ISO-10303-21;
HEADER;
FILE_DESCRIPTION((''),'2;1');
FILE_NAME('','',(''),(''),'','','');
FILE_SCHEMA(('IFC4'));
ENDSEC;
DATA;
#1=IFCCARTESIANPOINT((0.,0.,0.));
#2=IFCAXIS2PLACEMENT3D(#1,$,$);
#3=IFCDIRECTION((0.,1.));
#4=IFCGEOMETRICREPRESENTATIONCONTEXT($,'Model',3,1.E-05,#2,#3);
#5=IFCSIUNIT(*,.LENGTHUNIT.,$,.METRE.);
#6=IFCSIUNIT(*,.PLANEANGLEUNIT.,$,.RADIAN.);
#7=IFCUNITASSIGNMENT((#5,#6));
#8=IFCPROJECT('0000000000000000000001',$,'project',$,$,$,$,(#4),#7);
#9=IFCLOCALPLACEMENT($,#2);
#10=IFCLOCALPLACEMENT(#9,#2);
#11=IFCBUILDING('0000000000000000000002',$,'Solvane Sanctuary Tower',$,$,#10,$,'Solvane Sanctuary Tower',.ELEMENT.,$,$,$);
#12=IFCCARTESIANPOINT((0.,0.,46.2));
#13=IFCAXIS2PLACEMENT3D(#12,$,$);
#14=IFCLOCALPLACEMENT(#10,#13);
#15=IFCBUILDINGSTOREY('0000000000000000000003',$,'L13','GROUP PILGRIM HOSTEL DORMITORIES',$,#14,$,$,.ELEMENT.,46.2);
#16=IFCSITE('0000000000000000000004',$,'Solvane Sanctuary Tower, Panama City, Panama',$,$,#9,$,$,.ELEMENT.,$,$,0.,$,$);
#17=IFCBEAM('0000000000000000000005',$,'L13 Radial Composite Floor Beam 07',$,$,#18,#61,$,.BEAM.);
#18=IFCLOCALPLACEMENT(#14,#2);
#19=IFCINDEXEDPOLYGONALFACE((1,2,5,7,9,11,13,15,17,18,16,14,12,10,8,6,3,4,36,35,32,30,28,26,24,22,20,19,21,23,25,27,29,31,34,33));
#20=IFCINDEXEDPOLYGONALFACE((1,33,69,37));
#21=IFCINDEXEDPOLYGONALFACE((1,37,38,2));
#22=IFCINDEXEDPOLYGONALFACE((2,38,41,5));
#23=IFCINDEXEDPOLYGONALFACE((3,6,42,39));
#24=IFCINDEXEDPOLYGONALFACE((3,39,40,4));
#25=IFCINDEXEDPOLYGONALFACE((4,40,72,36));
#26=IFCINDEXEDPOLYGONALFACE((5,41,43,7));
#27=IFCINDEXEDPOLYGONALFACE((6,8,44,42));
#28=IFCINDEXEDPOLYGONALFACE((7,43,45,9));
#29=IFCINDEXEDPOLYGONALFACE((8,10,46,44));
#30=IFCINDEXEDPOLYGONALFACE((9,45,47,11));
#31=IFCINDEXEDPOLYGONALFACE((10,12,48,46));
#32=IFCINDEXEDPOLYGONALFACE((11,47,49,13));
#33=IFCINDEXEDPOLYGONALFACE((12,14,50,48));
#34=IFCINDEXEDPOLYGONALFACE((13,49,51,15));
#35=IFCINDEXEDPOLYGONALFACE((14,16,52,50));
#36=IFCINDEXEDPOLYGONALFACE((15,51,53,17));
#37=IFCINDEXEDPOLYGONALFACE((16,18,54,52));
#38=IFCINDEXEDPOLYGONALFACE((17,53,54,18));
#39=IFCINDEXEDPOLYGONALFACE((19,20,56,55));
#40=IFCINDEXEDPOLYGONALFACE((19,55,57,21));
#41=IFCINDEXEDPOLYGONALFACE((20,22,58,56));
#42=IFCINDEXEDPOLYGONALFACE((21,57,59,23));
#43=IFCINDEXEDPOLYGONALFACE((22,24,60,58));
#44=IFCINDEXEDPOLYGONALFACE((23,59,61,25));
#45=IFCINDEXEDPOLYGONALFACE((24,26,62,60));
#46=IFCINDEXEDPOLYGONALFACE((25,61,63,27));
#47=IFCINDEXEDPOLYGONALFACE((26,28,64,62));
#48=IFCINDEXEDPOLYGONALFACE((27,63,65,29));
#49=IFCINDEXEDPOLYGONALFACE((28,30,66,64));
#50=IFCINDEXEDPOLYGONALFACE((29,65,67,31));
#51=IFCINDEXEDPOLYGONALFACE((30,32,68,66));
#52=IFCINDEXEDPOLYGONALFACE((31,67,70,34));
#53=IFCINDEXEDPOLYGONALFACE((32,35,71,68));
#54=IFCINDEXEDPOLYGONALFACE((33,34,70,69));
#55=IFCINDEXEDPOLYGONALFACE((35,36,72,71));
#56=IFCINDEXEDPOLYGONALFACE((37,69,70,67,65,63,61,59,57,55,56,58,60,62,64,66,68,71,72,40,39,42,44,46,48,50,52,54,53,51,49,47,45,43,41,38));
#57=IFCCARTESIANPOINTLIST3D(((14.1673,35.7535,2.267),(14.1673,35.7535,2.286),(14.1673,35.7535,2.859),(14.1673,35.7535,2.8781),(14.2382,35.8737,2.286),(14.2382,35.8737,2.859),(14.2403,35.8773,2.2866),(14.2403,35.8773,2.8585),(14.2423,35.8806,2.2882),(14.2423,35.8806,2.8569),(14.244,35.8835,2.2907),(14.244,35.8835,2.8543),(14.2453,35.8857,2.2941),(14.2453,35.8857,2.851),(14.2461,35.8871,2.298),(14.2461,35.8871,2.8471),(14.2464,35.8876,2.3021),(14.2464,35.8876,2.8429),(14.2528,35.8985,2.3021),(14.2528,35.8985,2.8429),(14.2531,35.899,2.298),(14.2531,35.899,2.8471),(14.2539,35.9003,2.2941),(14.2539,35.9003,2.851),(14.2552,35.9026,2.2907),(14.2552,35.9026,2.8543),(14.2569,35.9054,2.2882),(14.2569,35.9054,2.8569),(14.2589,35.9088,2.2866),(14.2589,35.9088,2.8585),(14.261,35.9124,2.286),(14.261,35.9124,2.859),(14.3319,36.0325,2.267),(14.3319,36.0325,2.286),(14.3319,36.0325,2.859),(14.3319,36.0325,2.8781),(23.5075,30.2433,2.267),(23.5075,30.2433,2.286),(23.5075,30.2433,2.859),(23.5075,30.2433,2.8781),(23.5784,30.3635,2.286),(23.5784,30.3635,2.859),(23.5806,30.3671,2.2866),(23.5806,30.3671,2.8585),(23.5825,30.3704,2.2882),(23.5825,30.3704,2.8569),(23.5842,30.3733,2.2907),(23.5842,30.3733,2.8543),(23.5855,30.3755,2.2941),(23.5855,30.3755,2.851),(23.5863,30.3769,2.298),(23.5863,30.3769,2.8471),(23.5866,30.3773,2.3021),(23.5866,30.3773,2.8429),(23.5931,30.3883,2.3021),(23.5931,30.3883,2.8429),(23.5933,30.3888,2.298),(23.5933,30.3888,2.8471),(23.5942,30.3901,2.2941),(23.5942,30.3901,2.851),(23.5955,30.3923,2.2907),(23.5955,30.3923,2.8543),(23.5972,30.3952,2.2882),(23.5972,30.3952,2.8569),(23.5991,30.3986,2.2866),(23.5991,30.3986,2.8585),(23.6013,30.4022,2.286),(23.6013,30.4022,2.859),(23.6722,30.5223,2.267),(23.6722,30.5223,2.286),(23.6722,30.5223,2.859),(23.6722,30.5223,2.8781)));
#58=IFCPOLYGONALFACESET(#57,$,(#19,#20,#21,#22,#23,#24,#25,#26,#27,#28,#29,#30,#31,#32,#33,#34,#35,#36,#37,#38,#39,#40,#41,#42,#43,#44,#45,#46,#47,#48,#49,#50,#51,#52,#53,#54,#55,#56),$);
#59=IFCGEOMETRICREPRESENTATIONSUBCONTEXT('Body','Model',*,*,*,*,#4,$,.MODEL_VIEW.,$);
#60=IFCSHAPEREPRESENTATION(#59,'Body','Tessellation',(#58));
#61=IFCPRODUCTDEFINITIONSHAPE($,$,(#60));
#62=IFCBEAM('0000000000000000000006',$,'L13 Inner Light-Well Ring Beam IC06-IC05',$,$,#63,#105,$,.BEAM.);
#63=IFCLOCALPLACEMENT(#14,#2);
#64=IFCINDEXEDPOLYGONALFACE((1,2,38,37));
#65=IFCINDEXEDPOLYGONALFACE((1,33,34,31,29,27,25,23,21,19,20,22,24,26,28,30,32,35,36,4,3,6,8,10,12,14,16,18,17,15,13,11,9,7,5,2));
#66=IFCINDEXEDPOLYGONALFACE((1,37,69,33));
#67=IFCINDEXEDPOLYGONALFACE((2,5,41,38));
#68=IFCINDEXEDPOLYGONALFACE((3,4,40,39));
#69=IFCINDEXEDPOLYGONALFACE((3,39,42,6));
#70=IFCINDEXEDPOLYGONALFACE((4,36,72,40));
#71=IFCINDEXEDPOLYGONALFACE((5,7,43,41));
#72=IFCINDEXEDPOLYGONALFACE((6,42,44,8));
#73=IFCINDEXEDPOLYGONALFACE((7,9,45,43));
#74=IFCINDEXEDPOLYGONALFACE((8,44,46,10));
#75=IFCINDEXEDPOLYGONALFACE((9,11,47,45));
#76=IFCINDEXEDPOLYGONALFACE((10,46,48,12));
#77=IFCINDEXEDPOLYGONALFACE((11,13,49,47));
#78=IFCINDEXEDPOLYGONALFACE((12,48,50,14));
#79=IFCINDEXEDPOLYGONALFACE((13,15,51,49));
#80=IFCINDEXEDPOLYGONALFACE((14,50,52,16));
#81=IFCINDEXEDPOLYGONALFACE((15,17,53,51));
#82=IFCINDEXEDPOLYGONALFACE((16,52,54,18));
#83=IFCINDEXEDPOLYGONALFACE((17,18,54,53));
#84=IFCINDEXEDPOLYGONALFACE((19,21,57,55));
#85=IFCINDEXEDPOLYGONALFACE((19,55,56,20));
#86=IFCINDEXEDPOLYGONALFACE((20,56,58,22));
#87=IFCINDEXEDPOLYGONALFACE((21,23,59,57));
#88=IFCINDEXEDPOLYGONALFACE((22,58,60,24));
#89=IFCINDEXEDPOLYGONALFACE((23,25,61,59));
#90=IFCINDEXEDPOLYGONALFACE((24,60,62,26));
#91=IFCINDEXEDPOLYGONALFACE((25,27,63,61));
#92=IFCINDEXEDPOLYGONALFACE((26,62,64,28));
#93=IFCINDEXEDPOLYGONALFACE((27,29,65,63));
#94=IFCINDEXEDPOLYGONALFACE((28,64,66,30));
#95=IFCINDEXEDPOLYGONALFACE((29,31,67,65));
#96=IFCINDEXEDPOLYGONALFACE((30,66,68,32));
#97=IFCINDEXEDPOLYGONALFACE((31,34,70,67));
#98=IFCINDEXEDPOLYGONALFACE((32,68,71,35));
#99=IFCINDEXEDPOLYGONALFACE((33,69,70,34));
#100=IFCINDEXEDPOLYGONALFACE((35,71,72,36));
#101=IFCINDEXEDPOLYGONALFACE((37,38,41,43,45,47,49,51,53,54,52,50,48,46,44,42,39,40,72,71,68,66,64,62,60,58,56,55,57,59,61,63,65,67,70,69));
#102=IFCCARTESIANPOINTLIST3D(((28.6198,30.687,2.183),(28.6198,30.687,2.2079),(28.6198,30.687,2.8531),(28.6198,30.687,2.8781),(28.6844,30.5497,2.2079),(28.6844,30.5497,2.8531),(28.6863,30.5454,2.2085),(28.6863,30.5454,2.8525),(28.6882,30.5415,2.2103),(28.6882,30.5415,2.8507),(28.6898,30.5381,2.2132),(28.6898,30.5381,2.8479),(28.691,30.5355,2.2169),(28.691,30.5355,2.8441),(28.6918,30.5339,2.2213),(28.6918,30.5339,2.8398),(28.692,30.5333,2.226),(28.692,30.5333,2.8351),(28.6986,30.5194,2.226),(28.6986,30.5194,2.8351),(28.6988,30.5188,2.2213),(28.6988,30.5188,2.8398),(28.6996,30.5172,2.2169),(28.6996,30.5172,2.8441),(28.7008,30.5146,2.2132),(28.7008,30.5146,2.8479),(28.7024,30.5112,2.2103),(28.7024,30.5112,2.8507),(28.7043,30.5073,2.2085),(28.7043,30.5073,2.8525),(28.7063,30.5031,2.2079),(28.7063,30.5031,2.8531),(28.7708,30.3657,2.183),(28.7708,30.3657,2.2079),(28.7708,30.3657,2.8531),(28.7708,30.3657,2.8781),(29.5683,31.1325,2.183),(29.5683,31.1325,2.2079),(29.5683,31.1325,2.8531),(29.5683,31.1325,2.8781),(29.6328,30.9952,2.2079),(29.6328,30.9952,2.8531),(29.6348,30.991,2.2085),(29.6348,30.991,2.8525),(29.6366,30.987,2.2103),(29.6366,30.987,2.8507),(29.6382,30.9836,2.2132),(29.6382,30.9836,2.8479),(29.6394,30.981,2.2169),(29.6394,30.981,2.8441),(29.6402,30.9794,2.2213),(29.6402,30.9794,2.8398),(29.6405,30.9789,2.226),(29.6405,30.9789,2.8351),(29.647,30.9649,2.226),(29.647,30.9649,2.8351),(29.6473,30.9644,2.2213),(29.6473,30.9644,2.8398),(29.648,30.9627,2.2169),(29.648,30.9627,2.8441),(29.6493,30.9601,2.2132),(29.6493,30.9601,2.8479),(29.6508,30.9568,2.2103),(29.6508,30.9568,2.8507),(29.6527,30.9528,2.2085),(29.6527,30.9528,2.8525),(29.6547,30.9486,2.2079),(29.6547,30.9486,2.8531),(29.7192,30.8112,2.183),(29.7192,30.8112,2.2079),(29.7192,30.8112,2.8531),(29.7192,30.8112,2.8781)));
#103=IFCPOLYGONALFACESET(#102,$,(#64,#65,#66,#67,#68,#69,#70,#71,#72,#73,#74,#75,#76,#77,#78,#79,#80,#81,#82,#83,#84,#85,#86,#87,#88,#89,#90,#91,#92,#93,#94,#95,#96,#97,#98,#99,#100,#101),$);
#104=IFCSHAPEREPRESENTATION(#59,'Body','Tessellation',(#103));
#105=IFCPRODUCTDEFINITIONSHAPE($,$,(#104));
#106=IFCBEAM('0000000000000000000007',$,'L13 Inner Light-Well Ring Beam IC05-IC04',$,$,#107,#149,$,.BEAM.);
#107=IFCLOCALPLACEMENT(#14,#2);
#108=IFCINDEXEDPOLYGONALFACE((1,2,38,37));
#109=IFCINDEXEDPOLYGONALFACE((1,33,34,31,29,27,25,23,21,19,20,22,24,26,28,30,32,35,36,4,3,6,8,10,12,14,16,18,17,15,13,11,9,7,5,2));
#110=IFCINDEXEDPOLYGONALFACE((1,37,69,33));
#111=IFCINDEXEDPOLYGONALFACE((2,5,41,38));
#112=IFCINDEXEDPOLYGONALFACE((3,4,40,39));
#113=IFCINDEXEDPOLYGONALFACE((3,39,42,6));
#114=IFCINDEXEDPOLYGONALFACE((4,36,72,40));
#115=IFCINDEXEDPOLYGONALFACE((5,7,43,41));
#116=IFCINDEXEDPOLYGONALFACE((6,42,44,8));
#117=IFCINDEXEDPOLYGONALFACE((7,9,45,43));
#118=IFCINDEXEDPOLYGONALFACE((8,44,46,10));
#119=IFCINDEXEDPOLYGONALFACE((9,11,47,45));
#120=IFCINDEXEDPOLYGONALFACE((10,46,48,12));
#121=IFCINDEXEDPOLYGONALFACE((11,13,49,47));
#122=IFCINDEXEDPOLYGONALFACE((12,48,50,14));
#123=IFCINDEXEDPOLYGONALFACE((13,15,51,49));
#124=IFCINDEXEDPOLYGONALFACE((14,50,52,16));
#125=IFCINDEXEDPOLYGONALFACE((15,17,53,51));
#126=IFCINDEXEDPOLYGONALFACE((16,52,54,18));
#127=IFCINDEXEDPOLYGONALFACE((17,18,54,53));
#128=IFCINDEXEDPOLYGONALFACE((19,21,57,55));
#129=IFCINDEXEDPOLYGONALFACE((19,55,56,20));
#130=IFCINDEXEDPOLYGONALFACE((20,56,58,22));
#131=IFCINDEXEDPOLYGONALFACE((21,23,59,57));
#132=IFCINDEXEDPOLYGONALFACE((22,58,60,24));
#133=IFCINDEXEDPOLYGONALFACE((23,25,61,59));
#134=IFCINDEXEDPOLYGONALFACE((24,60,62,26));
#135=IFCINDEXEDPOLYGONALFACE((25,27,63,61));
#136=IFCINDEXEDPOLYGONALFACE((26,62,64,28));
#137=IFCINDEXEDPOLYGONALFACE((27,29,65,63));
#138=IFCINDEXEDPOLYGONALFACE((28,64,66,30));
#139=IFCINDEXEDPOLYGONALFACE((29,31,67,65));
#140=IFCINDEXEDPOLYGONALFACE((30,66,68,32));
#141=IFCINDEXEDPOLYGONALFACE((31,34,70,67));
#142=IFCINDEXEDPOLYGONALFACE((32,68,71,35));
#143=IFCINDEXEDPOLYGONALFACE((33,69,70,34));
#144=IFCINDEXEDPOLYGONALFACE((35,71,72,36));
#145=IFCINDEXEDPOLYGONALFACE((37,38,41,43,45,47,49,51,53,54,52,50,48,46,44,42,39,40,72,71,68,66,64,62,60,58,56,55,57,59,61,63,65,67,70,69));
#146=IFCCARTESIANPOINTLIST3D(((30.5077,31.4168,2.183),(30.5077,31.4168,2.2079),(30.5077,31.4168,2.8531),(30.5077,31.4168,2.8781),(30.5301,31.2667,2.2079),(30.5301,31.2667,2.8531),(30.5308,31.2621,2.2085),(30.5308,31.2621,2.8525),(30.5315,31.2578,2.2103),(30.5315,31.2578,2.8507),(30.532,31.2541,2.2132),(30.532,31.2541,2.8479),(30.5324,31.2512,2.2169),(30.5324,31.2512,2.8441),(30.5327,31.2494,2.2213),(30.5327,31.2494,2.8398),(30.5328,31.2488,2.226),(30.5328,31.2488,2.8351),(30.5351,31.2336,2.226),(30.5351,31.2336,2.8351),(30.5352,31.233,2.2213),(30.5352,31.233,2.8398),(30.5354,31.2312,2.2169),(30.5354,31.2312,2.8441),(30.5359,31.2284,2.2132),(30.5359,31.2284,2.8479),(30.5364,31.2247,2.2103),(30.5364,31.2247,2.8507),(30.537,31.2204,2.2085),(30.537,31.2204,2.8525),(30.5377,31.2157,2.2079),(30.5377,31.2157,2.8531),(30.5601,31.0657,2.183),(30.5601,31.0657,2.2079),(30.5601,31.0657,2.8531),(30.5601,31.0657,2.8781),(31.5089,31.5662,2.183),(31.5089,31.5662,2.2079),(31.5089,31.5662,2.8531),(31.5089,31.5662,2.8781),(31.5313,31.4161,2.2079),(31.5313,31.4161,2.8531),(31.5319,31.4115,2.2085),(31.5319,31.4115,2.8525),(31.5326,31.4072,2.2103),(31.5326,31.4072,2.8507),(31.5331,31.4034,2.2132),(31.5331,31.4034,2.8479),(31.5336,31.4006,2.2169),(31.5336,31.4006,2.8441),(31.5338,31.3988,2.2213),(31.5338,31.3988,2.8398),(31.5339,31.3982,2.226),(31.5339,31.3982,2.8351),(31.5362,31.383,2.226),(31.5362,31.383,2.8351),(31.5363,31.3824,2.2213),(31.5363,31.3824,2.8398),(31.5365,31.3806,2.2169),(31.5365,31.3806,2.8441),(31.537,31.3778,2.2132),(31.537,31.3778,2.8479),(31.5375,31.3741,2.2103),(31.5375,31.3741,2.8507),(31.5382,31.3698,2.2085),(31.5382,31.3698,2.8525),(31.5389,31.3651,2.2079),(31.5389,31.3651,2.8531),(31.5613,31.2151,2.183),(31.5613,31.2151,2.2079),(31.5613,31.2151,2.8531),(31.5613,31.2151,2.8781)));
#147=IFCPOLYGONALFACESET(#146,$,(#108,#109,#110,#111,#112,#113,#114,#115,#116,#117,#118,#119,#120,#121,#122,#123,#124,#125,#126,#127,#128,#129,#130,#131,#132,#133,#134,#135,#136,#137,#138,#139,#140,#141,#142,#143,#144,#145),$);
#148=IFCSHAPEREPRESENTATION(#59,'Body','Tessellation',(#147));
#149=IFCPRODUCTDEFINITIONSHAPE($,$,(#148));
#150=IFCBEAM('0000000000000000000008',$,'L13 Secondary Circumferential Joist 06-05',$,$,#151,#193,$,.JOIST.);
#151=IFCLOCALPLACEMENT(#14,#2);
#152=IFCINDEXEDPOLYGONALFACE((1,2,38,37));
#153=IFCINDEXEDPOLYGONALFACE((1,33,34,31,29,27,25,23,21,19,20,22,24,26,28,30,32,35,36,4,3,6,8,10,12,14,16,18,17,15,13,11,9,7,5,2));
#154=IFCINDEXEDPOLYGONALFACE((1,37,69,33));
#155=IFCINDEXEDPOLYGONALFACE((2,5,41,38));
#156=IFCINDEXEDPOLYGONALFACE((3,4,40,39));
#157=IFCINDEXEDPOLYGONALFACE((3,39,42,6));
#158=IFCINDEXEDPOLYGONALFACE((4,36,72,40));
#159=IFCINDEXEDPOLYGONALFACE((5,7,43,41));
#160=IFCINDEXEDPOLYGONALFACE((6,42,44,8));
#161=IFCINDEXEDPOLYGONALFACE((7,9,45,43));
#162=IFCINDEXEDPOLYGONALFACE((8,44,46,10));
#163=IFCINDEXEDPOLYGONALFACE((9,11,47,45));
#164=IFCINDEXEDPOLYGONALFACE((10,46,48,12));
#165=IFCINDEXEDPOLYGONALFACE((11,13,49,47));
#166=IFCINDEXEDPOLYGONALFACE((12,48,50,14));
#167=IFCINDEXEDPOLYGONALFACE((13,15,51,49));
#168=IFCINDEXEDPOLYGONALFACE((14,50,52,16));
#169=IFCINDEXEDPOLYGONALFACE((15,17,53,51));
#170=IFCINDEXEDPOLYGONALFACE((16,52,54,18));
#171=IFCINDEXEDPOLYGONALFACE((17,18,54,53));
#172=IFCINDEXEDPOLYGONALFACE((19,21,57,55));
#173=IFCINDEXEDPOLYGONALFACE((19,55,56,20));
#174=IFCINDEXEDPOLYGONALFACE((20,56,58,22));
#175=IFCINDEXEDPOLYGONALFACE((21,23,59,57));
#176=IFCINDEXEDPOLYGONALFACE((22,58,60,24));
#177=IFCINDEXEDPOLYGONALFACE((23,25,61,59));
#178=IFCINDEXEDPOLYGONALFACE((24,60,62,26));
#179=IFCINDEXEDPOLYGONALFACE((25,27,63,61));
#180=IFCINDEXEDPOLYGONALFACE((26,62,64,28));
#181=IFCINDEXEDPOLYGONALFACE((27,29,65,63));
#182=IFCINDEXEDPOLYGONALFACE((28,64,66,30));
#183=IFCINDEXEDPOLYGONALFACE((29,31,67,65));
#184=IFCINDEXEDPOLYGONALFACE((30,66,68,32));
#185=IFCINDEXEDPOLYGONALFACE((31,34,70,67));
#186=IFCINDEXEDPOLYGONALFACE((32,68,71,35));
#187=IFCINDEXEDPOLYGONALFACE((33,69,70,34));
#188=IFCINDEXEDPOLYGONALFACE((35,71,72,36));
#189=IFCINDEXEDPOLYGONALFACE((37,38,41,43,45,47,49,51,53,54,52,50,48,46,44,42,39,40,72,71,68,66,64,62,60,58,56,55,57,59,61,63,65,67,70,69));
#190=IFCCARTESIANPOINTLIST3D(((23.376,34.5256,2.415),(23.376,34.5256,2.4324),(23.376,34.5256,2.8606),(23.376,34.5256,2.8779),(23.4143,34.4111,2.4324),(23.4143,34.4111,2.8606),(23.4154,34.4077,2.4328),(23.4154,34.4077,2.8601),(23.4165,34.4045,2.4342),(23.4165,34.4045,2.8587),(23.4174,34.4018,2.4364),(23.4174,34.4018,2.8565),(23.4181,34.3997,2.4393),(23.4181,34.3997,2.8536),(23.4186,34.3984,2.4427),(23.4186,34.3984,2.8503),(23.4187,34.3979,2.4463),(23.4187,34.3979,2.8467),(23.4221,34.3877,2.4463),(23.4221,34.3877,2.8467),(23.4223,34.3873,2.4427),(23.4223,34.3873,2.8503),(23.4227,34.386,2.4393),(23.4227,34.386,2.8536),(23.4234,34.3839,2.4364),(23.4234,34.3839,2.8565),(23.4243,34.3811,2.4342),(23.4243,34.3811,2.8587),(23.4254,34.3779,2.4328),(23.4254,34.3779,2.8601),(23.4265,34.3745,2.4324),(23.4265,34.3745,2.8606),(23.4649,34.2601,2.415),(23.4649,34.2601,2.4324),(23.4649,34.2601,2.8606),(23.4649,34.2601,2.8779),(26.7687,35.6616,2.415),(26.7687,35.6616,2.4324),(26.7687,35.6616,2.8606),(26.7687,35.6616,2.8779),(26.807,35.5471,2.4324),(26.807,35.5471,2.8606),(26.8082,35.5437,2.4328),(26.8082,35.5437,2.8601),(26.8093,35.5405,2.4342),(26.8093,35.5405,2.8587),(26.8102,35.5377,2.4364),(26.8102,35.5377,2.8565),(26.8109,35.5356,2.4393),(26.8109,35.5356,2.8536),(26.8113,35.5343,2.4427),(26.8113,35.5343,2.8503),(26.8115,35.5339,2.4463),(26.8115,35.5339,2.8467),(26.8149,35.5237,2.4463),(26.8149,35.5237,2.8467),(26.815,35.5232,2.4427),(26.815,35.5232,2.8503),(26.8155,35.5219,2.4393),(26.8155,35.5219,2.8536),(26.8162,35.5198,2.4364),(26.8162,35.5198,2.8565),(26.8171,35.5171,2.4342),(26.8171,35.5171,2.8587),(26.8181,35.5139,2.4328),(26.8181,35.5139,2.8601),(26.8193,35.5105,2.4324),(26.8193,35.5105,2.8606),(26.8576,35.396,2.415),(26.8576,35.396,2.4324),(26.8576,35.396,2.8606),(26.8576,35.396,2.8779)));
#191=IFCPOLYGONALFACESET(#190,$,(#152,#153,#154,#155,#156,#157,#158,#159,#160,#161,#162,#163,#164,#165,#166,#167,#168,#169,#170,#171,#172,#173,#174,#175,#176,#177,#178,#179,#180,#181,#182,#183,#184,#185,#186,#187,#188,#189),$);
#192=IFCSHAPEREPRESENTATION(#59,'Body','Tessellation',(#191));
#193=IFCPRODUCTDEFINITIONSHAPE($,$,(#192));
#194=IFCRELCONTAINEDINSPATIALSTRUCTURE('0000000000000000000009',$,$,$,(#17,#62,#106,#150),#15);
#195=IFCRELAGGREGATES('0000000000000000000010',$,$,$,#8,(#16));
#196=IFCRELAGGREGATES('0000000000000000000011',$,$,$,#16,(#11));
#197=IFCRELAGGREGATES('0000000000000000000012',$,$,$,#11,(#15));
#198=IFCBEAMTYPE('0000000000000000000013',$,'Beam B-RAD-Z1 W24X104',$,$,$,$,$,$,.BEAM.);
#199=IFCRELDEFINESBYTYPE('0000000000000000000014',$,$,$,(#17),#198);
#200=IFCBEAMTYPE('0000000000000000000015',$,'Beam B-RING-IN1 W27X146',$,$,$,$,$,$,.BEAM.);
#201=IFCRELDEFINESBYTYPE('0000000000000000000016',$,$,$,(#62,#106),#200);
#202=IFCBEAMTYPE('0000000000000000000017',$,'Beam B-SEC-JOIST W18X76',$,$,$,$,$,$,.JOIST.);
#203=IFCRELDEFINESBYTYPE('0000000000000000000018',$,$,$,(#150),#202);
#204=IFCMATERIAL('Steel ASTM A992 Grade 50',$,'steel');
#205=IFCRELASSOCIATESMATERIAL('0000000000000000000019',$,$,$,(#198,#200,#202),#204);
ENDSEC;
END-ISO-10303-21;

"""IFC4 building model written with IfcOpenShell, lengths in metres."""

from ifc_helpers import new_model, si_unit, direction, frame, origin, origin_2d, place, context, subcontext, project, spatial, i_section, extrude, material, material_profile, profile_set, type_object, element, save


model = new_model("IFC4")

# Units and contexts
model_context = context("Model", 3, precision=1e-05, world=origin(), true_north=direction((0.0, 1.0)))
body_context = subcontext(model_context, "Body", "Model", "MODEL_VIEW")
ifc_project = project(units=[si_unit("LENGTHUNIT", "METRE"), si_unit("PLANEANGLEUNIT", "RADIAN")], contexts=[model_context])

# Site, building, storey
site_placement = place(None, origin())
site = spatial("IfcSite", under=ifc_project, at=site_placement, Name="Solvane Sanctuary Tower, Panama City, Panama", CompositionType="ELEMENT", RefElevation=0.0)
building_placement = place(site_placement, origin())
building = spatial("IfcBuilding", under=site, at=building_placement, Name="Solvane Sanctuary Tower", LongName="Solvane Sanctuary Tower", CompositionType="ELEMENT")
storey_placement = place(building_placement, frame((0.0, 0.0, 46.2)))
storey = spatial("IfcBuildingStorey", under=building, at=storey_placement, Name="L13", Description="GROUP PILGRIM HOSTEL DORMITORIES", CompositionType="ELEMENT", Elevation=46.2)

# Beams
ifc_material_1 = material(Name="Steel ASTM A992 Grade 50", Category="steel")
ifc_material_profile_1 = material_profile(ifc_material_1, i_section(OverallWidth=0.324, OverallDepth=0.6111, WebThickness=0.0127, FlangeThickness=0.019, FilletRadius=0.0161, at=origin_2d()), Name="W24X104")
ifc_profile_set_1 = profile_set([ifc_material_profile_1], Name="Steel ASTM A992 Grade 50")
beam_type_1 = type_object("IfcBeamType", Name="Beam B-RAD-Z1 W24X104", PredefinedType="BEAM", material=ifc_profile_set_1)
beam_1_placement = place(storey_placement, frame((23.5898, 30.3828, 2.5725), z_axis=(-0.861291, 0.508112, 0.0), x_axis=(-0.508112, -0.861291, 0.0)))
element("IfcBeam", 1, at=beam_1_placement, inside=storey, type_object=beam_type_1, Name="L13 Radial Composite Floor Beam 07", PredefinedType="BEAM", context=body_context, shape_type="SweptSolid", body=[
    extrude(i_section(OverallWidth=0.324, OverallDepth=0.6111, WebThickness=0.0127, FlangeThickness=0.019, FilletRadius=0.0161, at=origin_2d()), origin(), (0.0, 0.0, 1.0), 10.8445),
])
ifc_material_profile_2 = material_profile(ifc_material_1, i_section(OverallWidth=0.355, OverallDepth=0.6951, WebThickness=0.0154, FlangeThickness=0.0249, FilletRadius=0.0181, at=origin_2d()), Name="W27X146")
ifc_profile_set_2 = profile_set([ifc_material_profile_2], Name="Steel ASTM A992 Grade 50")
beam_type_2 = type_object("IfcBeamType", Name="Beam B-RING-IN1 W27X146", PredefinedType="BEAM", material=ifc_profile_set_2)
beam_2_placement = place(storey_placement, frame((28.6953, 30.5264, 2.5305), z_axis=(0.905109, 0.42518, 0.0), x_axis=(-0.42518, 0.905109, 0.0)))
element("IfcBeam", 2, at=beam_2_placement, inside=storey, type_object=beam_type_2, Name="L13 Inner Light-Well Ring Beam IC06-IC05", PredefinedType="BEAM", context=body_context, shape_type="SweptSolid", body=[
    extrude(i_section(OverallWidth=0.355, OverallDepth=0.6951, WebThickness=0.0154, FlangeThickness=0.0249, FilletRadius=0.0181, at=origin_2d()), origin(), (0.0, 0.0, 1.0), 1.0479),
])
beam_3_placement = place(storey_placement, frame((30.5339, 31.2412, 2.5305), z_axis=(0.989048, 0.147597, 0.0), x_axis=(-0.147597, 0.989048, 0.0)))
element("IfcBeam", 3, at=beam_3_placement, inside=storey, type_object=beam_type_2, Name="L13 Inner Light-Well Ring Beam IC05-IC04", PredefinedType="BEAM", context=body_context, shape_type="SweptSolid", body=[
    extrude(i_section(OverallWidth=0.355, OverallDepth=0.6951, WebThickness=0.0154, FlangeThickness=0.0249, FilletRadius=0.0181, at=origin_2d()), origin(), (0.0, 0.0, 1.0), 1.0122),
])
ifc_material_profile_3 = material_profile(ifc_material_1, i_section(OverallWidth=0.28, OverallDepth=0.4629, WebThickness=0.0107, FlangeThickness=0.0173, FilletRadius=0.0139, at=origin_2d()), Name="W18X76")
ifc_profile_set_3 = profile_set([ifc_material_profile_3], Name="Steel ASTM A992 Grade 50")
beam_type_3 = type_object("IfcBeamType", Name="Beam B-SEC-JOIST W18X76", PredefinedType="JOIST", material=ifc_profile_set_3)
beam_4_placement = place(storey_placement, frame((23.4204, 34.3928, 2.6465), z_axis=(0.948259, 0.317497, 0.0), x_axis=(-0.317497, 0.948259, 0.0)))
element("IfcBeam", 4, at=beam_4_placement, inside=storey, type_object=beam_type_3, Name="L13 Secondary Circumferential Joist 06-05", PredefinedType="JOIST", context=body_context, shape_type="SweptSolid", body=[
    extrude(i_section(OverallWidth=0.28, OverallDepth=0.4629, WebThickness=0.0107, FlangeThickness=0.0173, FilletRadius=0.0139, at=origin_2d()), origin(), (0.0, 0.0, 1.0), 3.5779),
])

save(model, "model.ifc")
